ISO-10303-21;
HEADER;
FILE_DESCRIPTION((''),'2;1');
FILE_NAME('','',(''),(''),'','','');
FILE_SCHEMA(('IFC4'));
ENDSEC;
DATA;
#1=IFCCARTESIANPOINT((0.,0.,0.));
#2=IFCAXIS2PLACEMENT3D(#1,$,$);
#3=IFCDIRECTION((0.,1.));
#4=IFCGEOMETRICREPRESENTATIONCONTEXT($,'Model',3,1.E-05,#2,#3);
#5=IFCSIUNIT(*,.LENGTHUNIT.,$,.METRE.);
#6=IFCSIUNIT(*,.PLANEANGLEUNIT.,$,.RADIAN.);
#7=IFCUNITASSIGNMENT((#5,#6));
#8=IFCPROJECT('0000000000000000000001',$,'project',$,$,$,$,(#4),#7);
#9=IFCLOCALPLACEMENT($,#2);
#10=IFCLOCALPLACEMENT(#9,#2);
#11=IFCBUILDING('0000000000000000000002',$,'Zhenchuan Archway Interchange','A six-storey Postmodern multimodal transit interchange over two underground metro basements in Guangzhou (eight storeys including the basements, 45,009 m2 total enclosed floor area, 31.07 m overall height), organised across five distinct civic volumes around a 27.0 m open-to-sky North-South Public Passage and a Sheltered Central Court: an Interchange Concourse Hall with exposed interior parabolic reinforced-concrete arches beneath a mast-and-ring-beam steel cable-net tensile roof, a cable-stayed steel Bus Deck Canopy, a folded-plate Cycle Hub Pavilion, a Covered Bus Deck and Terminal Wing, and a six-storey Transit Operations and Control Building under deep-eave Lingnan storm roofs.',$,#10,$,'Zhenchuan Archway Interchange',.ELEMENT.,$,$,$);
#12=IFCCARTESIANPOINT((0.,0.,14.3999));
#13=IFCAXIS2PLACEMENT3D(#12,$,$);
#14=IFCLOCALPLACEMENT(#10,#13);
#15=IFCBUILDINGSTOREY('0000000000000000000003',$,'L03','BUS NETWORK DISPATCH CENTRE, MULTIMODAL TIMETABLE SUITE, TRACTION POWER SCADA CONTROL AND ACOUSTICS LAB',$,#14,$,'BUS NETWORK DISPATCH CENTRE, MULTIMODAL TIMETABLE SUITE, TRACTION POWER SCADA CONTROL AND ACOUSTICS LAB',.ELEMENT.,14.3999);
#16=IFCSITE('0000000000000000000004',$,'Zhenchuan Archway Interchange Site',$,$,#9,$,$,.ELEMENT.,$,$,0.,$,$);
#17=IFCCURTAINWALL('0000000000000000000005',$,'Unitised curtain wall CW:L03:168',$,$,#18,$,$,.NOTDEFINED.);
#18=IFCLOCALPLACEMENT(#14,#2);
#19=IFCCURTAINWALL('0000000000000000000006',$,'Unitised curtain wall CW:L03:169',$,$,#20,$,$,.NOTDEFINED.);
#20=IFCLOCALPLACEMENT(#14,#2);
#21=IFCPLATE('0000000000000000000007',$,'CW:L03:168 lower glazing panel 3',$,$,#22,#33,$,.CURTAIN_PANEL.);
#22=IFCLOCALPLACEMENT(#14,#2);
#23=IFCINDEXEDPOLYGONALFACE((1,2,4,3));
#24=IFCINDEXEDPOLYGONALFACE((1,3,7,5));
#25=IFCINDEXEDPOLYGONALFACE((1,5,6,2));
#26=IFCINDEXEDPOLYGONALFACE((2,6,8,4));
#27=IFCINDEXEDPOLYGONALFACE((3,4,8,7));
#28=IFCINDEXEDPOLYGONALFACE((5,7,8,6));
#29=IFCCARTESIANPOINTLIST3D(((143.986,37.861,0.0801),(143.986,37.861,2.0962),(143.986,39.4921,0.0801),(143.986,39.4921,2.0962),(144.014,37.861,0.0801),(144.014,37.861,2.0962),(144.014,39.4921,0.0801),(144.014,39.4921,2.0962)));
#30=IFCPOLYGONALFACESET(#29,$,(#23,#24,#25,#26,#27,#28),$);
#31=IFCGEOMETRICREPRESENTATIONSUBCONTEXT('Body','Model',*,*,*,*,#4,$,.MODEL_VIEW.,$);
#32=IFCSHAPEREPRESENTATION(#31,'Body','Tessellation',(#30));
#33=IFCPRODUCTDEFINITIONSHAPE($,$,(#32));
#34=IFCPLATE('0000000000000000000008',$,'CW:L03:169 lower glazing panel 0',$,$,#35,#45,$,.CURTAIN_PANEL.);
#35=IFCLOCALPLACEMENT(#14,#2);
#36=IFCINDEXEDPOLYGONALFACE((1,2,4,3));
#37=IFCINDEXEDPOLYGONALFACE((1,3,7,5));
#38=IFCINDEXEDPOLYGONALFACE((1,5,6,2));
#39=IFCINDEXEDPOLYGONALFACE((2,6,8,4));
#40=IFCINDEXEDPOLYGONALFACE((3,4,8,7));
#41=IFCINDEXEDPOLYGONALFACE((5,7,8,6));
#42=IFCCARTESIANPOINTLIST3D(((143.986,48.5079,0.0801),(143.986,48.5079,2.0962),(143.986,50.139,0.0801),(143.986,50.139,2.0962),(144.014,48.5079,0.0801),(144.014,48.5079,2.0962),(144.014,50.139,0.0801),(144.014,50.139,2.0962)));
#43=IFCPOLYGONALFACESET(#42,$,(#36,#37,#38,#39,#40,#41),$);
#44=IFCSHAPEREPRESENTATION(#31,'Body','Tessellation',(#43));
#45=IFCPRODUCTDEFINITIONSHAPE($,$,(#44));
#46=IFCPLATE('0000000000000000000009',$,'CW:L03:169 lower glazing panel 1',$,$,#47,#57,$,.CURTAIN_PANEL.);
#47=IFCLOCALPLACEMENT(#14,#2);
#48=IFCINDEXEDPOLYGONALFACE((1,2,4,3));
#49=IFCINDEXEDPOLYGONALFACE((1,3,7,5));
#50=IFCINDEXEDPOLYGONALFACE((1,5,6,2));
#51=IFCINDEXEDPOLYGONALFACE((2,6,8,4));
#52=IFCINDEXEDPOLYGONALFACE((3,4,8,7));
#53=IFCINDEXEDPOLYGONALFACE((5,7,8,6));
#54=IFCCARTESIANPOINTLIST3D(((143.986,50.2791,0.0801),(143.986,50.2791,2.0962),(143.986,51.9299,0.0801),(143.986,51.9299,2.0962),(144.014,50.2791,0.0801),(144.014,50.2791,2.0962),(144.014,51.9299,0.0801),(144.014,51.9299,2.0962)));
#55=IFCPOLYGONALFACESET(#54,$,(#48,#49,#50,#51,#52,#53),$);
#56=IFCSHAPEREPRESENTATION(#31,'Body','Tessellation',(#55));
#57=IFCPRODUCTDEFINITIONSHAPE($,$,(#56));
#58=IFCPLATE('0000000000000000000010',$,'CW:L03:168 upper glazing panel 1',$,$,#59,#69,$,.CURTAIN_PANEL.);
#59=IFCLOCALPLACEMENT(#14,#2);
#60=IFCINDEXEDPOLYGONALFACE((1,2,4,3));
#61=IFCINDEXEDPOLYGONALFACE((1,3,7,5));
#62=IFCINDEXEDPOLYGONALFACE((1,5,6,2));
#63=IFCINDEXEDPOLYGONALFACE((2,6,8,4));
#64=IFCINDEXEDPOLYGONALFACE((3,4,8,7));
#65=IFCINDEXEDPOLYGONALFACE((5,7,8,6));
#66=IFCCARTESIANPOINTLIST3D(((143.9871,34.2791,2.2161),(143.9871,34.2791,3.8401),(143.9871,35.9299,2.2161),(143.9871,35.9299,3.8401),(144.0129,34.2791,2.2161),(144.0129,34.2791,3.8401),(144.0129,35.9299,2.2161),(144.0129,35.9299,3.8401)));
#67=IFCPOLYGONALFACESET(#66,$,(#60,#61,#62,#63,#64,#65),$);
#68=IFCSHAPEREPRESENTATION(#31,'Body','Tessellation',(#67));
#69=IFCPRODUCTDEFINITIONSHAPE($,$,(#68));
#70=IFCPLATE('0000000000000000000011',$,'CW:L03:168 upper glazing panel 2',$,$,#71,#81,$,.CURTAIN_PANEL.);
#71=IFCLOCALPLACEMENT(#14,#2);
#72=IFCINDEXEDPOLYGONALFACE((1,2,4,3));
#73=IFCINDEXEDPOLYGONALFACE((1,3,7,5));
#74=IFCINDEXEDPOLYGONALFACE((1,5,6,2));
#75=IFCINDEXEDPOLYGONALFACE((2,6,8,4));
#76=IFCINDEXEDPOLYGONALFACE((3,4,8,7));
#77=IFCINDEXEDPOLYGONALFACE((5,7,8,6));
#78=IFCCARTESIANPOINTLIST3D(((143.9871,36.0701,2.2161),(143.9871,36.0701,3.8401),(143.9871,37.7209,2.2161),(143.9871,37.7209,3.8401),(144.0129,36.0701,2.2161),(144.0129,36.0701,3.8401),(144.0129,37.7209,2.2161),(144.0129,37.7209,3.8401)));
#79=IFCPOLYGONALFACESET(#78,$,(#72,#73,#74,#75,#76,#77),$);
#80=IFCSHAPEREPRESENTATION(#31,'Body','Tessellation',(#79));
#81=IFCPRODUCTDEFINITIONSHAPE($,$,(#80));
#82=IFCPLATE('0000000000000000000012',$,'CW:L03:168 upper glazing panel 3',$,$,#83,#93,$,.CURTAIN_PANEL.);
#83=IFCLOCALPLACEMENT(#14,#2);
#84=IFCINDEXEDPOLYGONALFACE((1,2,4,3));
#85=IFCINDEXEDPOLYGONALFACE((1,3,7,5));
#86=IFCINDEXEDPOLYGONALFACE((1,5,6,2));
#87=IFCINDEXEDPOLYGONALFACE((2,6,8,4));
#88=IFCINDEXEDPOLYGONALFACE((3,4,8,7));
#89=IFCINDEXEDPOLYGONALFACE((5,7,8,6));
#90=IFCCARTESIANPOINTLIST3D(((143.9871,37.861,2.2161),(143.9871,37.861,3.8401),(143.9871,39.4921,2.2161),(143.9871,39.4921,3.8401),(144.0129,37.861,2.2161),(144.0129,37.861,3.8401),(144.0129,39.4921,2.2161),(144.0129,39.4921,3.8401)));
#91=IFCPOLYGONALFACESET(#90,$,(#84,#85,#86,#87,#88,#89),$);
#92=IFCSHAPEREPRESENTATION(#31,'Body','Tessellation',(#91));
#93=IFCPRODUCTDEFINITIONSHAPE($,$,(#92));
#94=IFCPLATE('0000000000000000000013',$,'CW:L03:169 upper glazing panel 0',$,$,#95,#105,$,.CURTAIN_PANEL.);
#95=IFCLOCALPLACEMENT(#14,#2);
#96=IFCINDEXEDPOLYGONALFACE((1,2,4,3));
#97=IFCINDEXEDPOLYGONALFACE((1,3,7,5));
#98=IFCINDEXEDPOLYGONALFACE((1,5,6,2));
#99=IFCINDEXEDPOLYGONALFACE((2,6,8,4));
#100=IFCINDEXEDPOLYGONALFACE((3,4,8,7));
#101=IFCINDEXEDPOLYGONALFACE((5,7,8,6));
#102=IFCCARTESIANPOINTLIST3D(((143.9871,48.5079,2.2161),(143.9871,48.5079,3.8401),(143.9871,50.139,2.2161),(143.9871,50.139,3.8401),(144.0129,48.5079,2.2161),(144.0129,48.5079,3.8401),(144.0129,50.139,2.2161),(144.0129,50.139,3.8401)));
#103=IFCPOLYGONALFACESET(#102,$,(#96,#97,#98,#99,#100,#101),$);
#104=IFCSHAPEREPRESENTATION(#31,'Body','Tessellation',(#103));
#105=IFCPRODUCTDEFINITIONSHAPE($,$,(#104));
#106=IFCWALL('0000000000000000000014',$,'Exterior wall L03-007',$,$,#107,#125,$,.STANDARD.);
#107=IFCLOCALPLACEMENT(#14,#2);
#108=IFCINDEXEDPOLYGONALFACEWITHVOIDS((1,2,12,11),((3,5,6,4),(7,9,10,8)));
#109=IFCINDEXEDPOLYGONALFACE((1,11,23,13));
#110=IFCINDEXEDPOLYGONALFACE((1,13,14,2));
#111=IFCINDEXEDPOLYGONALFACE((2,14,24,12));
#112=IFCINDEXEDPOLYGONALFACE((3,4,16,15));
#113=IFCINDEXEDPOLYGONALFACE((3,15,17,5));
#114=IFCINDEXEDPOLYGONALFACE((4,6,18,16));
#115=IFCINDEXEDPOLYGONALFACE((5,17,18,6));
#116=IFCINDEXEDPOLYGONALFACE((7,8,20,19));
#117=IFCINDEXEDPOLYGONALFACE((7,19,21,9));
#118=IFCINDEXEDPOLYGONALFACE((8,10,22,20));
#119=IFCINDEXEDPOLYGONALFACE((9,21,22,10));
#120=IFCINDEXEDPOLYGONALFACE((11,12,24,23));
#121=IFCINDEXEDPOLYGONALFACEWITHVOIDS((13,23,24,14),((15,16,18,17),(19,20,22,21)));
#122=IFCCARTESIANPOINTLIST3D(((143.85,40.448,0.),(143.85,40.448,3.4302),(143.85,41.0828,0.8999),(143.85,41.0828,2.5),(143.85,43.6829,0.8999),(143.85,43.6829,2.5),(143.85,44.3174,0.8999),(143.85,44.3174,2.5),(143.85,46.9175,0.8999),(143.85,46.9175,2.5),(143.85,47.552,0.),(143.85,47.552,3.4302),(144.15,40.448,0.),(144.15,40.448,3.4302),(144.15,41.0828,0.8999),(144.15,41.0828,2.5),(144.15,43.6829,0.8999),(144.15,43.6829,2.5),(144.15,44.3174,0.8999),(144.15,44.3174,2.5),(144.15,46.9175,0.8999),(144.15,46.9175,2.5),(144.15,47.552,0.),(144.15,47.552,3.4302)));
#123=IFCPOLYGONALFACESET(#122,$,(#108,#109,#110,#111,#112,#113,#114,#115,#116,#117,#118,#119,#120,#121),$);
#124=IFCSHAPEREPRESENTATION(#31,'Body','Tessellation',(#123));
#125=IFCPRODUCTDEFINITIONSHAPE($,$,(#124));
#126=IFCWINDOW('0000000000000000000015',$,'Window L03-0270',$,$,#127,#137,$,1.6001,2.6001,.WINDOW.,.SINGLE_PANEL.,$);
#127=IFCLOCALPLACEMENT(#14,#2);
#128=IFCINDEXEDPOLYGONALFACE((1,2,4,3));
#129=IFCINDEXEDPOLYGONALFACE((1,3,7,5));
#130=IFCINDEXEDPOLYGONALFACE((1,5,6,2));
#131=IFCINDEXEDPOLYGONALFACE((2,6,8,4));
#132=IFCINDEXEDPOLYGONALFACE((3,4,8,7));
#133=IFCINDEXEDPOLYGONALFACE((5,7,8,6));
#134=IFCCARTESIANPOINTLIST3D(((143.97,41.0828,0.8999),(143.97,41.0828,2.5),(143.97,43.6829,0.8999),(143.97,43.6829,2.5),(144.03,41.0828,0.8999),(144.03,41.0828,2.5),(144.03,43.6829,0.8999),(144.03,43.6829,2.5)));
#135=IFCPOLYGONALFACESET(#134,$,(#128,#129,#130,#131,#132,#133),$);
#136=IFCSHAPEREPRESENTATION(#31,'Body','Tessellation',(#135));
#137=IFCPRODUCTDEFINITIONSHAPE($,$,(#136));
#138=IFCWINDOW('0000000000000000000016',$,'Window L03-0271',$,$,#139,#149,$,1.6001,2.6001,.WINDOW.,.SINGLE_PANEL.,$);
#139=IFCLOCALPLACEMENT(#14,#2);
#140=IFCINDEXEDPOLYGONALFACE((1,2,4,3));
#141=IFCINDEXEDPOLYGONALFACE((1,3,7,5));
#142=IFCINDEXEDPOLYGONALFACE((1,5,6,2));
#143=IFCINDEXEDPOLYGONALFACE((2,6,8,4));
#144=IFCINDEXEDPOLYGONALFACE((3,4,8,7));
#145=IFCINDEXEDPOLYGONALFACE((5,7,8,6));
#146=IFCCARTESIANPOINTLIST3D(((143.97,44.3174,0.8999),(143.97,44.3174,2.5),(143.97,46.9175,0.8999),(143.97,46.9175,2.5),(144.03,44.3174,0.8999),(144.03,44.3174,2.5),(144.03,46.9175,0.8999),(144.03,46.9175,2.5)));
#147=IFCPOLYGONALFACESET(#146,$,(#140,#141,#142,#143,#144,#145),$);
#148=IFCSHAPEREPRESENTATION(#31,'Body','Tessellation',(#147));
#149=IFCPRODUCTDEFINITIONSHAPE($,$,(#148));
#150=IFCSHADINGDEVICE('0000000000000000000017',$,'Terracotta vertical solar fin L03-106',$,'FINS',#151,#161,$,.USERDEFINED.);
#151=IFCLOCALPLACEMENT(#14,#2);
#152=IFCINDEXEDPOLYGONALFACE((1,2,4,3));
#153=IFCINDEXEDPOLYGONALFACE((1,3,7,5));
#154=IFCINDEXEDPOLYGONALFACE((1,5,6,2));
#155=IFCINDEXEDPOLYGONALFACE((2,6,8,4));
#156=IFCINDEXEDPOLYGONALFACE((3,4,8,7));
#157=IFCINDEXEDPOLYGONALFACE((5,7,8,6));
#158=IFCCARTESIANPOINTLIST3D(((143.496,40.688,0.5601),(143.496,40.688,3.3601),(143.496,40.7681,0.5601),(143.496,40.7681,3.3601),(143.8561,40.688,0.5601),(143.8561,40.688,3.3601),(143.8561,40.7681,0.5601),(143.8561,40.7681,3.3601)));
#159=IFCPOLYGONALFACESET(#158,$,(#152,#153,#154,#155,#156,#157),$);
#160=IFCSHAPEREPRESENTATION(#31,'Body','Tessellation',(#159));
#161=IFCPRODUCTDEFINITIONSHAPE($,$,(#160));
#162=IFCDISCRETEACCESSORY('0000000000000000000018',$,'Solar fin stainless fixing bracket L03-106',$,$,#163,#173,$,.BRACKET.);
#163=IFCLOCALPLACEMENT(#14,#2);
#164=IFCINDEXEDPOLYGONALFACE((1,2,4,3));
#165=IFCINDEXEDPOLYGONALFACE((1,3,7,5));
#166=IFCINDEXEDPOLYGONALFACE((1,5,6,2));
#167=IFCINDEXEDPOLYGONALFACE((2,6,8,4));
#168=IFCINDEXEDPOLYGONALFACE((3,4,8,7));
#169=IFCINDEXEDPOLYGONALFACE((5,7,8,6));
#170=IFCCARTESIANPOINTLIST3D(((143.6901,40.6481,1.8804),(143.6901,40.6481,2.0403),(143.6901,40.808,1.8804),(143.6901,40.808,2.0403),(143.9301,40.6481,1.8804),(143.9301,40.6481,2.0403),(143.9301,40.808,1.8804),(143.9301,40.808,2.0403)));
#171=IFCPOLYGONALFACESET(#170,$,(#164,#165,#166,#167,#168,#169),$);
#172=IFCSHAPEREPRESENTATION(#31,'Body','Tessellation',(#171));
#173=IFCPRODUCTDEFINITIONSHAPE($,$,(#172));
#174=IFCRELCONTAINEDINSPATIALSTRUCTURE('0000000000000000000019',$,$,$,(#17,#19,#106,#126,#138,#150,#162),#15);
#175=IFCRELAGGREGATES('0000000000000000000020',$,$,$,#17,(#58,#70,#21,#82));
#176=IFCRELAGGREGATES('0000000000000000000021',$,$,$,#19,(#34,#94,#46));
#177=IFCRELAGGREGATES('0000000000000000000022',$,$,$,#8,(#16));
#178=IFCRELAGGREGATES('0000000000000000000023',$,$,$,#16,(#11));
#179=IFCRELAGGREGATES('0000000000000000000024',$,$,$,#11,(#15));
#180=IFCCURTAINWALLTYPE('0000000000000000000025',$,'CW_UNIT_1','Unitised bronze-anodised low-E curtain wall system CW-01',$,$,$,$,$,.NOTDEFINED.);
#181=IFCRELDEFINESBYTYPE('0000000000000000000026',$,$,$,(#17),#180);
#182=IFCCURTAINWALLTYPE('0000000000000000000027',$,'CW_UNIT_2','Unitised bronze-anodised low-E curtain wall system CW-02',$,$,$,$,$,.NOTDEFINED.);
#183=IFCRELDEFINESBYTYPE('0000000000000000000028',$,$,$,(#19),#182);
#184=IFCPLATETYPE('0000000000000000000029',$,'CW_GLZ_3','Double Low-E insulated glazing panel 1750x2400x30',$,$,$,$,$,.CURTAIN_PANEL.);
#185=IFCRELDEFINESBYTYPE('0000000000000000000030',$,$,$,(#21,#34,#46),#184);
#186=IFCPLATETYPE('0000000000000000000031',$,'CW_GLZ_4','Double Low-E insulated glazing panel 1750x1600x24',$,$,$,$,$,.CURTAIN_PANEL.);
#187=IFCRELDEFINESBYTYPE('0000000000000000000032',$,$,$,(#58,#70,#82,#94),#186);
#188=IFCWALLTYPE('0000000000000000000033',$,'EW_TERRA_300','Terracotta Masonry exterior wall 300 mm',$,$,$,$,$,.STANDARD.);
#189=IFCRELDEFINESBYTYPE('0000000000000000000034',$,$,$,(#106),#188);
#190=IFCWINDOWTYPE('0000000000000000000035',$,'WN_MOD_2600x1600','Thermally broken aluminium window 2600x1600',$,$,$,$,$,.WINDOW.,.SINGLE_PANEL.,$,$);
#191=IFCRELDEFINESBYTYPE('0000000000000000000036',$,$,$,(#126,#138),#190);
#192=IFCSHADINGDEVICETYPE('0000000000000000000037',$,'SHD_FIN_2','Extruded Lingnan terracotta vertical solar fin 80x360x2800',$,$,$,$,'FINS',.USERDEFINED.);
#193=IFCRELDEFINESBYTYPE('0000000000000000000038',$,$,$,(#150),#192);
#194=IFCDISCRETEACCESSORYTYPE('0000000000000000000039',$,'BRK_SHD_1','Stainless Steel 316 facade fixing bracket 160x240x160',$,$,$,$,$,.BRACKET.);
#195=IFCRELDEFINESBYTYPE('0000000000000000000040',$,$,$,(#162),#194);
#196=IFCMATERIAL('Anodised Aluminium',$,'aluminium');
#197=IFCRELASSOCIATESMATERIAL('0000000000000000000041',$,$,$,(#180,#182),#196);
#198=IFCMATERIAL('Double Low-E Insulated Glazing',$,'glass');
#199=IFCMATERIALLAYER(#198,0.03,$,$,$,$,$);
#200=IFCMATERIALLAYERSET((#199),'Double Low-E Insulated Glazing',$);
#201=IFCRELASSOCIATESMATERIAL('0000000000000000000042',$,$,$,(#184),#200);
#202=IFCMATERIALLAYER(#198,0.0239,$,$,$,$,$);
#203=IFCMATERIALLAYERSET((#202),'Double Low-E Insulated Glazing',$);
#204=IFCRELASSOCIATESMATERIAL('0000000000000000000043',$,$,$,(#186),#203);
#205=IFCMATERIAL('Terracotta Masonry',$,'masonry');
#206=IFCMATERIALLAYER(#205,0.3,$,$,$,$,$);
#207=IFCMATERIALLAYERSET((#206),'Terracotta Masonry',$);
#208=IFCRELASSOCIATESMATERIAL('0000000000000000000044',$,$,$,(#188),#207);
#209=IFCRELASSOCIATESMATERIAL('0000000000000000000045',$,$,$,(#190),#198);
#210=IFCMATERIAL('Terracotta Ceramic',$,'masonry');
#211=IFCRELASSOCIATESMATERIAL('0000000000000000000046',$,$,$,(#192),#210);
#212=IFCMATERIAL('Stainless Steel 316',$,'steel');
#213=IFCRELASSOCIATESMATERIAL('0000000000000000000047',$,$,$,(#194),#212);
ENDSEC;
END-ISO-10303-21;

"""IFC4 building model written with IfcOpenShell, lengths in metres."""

from ifc_helpers import new_model, si_unit, direction, frame, frame_2d, origin, origin_2d, place, context, subcontext, project, spatial, rectangle, extrude, material, layer, layer_set, type_object, element, fill, aggregate, save


model = new_model("IFC4")

# Units and contexts
model_context = context("Model", 3, precision=1e-05, world=origin(), true_north=direction((0.0, 1.0)))
body_context = subcontext(model_context, "Body", "Model", "MODEL_VIEW")
ifc_project = project(units=[si_unit("LENGTHUNIT", "METRE"), si_unit("PLANEANGLEUNIT", "RADIAN")], contexts=[model_context])

# Site, building, storey
site_placement = place(None, origin())
site = spatial("IfcSite", under=ifc_project, at=site_placement, Name="Zhenchuan Archway Interchange Site", CompositionType="ELEMENT", RefElevation=0.0)
building_placement = place(site_placement, origin())
building = spatial("IfcBuilding", under=site, at=building_placement, Name="Zhenchuan Archway Interchange", Description="A six-storey Postmodern multimodal transit interchange over two underground metro basements in Guangzhou (eight storeys including the basements, 45,009 m2 total enclosed floor area, 31.07 m overall height), organised across five distinct civic volumes around a 27.0 m open-to-sky North-South Public Passage and a Sheltered Central Court: an Interchange Concourse Hall with exposed interior parabolic reinforced-concrete arches beneath a mast-and-ring-beam steel cable-net tensile roof, a cable-stayed steel Bus Deck Canopy, a folded-plate Cycle Hub Pavilion, a Covered Bus Deck and Terminal Wing, and a six-storey Transit Operations and Control Building under deep-eave Lingnan storm roofs.", LongName="Zhenchuan Archway Interchange", CompositionType="ELEMENT")
storey_placement = place(building_placement, frame((0.0, 0.0, 14.3999)))
storey = spatial("IfcBuildingStorey", under=building, at=storey_placement, Name="L03", Description="BUS NETWORK DISPATCH CENTRE, MULTIMODAL TIMETABLE SUITE, TRACTION POWER SCADA CONTROL AND ACOUSTICS LAB", LongName="BUS NETWORK DISPATCH CENTRE, MULTIMODAL TIMETABLE SUITE, TRACTION POWER SCADA CONTROL AND ACOUSTICS LAB", CompositionType="ELEMENT", Elevation=14.3999)

# Curtain walls
ifc_material_1 = material(Name="Anodised Aluminium", Category="aluminium")
curtain_wall_type_1 = type_object("IfcCurtainWallType", Name="CW_UNIT_1", Description="Unitised bronze-anodised low-E curtain wall system CW-01", PredefinedType="NOTDEFINED", material=ifc_material_1)
curtain_wall_1_placement = place(storey_placement, origin())
curtain_wall_1 = element("IfcCurtainWall", 1, at=curtain_wall_1_placement, inside=storey, type_object=curtain_wall_type_1, Name="Unitised curtain wall CW:L03:168", PredefinedType="NOTDEFINED")
curtain_wall_type_2 = type_object("IfcCurtainWallType", Name="CW_UNIT_2", Description="Unitised bronze-anodised low-E curtain wall system CW-02", PredefinedType="NOTDEFINED", material=ifc_material_1)
curtain_wall_2_placement = place(storey_placement, origin())
curtain_wall_2 = element("IfcCurtainWall", 2, at=curtain_wall_2_placement, inside=storey, type_object=curtain_wall_type_2, Name="Unitised curtain wall CW:L03:169", PredefinedType="NOTDEFINED")

# Plates
ifc_material_2 = material(Name="Double Low-E Insulated Glazing", Category="glass")
ifc_layer_1 = layer(ifc_material_2, 0.03)
ifc_layer_set_1 = layer_set([ifc_layer_1], Name="Double Low-E Insulated Glazing")
plate_type_1 = type_object("IfcPlateType", Name="CW_GLZ_3", Description="Double Low-E insulated glazing panel 1750x2400x30", PredefinedType="CURTAIN_PANEL", material=ifc_layer_set_1)
plate_1_placement = place(storey_placement, frame((144.0, 38.6765, 0.0801), z_axis=(0.0, 0.0, 1.0), x_axis=(0.0, 1.0, 0.0)))
plate_1 = element("IfcPlate", 3, at=plate_1_placement, type_object=plate_type_1, Name="CW:L03:168 lower glazing panel 3", PredefinedType="CURTAIN_PANEL", context=body_context, shape_type="SweptSolid", body=[
    extrude(rectangle(XDim=1.6311, YDim=0.0281, at=origin_2d()), origin(), (0.0, 0.0, 1.0), 2.0161),
])
plate_2_placement = place(storey_placement, frame((144.0, 49.3235, 0.0801), z_axis=(0.0, 0.0, 1.0), x_axis=(0.0, 1.0, 0.0)))
plate_2 = element("IfcPlate", 4, at=plate_2_placement, type_object=plate_type_1, Name="CW:L03:169 lower glazing panel 0", PredefinedType="CURTAIN_PANEL", context=body_context, shape_type="SweptSolid", body=[
    extrude(rectangle(XDim=1.6311, YDim=0.0281, at=origin_2d()), origin(), (0.0, 0.0, 1.0), 2.0161),
])
plate_3_placement = place(storey_placement, frame((144.0, 51.1045, 0.0801), z_axis=(0.0, 0.0, 1.0), x_axis=(0.0, 1.0, 0.0)))
plate_3 = element("IfcPlate", 5, at=plate_3_placement, type_object=plate_type_1, Name="CW:L03:169 lower glazing panel 1", PredefinedType="CURTAIN_PANEL", context=body_context, shape_type="SweptSolid", body=[
    extrude(rectangle(XDim=1.6509, YDim=0.0281, at=origin_2d()), origin(), (0.0, 0.0, 1.0), 2.0161),
])
ifc_layer_2 = layer(ifc_material_2, 0.0239)
ifc_layer_set_2 = layer_set([ifc_layer_2], Name="Double Low-E Insulated Glazing")
plate_type_2 = type_object("IfcPlateType", Name="CW_GLZ_4", Description="Double Low-E insulated glazing panel 1750x1600x24", PredefinedType="CURTAIN_PANEL", material=ifc_layer_set_2)
plate_4_placement = place(storey_placement, frame((144.0, 35.1045, 2.2161), z_axis=(0.0, 0.0, 1.0), x_axis=(0.0, 1.0, 0.0)))
plate_4 = element("IfcPlate", 6, at=plate_4_placement, type_object=plate_type_2, Name="CW:L03:168 upper glazing panel 1", PredefinedType="CURTAIN_PANEL", context=body_context, shape_type="SweptSolid", body=[
    extrude(rectangle(XDim=1.6509, YDim=0.0259, at=origin_2d()), origin(), (0.0, 0.0, 1.0), 1.624),
])
plate_5_placement = place(storey_placement, frame((144.0, 36.8955, 2.2161), z_axis=(0.0, 0.0, 1.0), x_axis=(0.0, 1.0, 0.0)))
plate_5 = element("IfcPlate", 7, at=plate_5_placement, type_object=plate_type_2, Name="CW:L03:168 upper glazing panel 2", PredefinedType="CURTAIN_PANEL", context=body_context, shape_type="SweptSolid", body=[
    extrude(rectangle(XDim=1.6509, YDim=0.0259, at=origin_2d()), origin(), (0.0, 0.0, 1.0), 1.624),
])
plate_6_placement = place(storey_placement, frame((144.0, 38.6765, 2.2161), z_axis=(0.0, 0.0, 1.0), x_axis=(0.0, 1.0, 0.0)))
plate_6 = element("IfcPlate", 8, at=plate_6_placement, type_object=plate_type_2, Name="CW:L03:168 upper glazing panel 3", PredefinedType="CURTAIN_PANEL", context=body_context, shape_type="SweptSolid", body=[
    extrude(rectangle(XDim=1.6311, YDim=0.0259, at=origin_2d()), origin(), (0.0, 0.0, 1.0), 1.624),
])
aggregate(curtain_wall_1, [plate_4, plate_5, plate_1, plate_6])
plate_7_placement = place(storey_placement, frame((144.0, 49.3235, 2.2161), z_axis=(0.0, 0.0, 1.0), x_axis=(0.0, 1.0, 0.0)))
plate_7 = element("IfcPlate", 9, at=plate_7_placement, type_object=plate_type_2, Name="CW:L03:169 upper glazing panel 0", PredefinedType="CURTAIN_PANEL", context=body_context, shape_type="SweptSolid", body=[
    extrude(rectangle(XDim=1.6311, YDim=0.0259, at=origin_2d()), origin(), (0.0, 0.0, 1.0), 1.624),
])
aggregate(curtain_wall_2, [plate_2, plate_7, plate_3])

# Wall, openings, windows
ifc_material_3 = material(Name="Terracotta Masonry", Category="masonry")
ifc_layer_3 = layer(ifc_material_3, 0.3)
ifc_layer_set_3 = layer_set([ifc_layer_3], Name="Terracotta Masonry")
wall_type = type_object("IfcWallType", Name="EW_TERRA_300", Description="Terracotta Masonry exterior wall 300 mm", PredefinedType="STANDARD", material=ifc_layer_set_3)
wall_placement = place(storey_placement, frame((144.0, 40.448, 0.0), z_axis=(0.0, 0.0, 1.0), x_axis=(0.0, 1.0, 0.0)))
wall = element("IfcWall", 10, at=wall_placement, inside=storey, type_object=wall_type, Name="Exterior wall L03-007", PredefinedType="STANDARD", context=body_context, shape_type="SweptSolid", body=[
    extrude(rectangle(XDim=7.104, YDim=0.3, at=frame_2d((3.552, 0.0))), origin(), (0.0, 0.0, 1.0), 3.4302),
])
opening_1_placement = place(wall_placement, frame((0.6348, 0.0, 0.8999)))
opening_1 = element("IfcOpeningElement", 11, at=opening_1_placement, cuts=wall, PredefinedType="OPENING", context=body_context, shape_type="SweptSolid", body=[
    extrude(rectangle(XDim=2.6001, YDim=1.6001, at=frame_2d((1.3, 0.8))), frame((0.0, 0.1621, 0.0), z_axis=(0.0, -1.0, 0.0), x_axis=(1.0, 0.0, 0.0)), (0.0, 0.0, 1.0), 0.324),
])
opening_2_placement = place(wall_placement, frame((3.8694, 0.0, 0.8999)))
opening_2 = element("IfcOpeningElement", 12, at=opening_2_placement, cuts=wall, PredefinedType="OPENING", context=body_context, shape_type="SweptSolid", body=[
    extrude(rectangle(XDim=2.6001, YDim=1.6001, at=frame_2d((1.3, 0.8))), frame((0.0, 0.1621, 0.0), z_axis=(0.0, -1.0, 0.0), x_axis=(1.0, 0.0, 0.0)), (0.0, 0.0, 1.0), 0.324),
])
window_type = type_object("IfcWindowType", Name="WN_MOD_2600x1600", Description="Thermally broken aluminium window 2600x1600", PartitioningType="SINGLE_PANEL", PredefinedType="WINDOW", material=ifc_material_2)
window_1_placement = place(opening_1_placement, origin())
window_1 = element("IfcWindow", 13, at=window_1_placement, inside=storey, type_object=window_type, Name="Window L03-0270", OverallHeight=1.6001, OverallWidth=2.6001, PartitioningType="SINGLE_PANEL", PredefinedType="WINDOW", context=body_context, shape_type="SweptSolid", body=[
    extrude(rectangle(XDim=2.6001, YDim=1.6001, at=frame_2d((1.3, 0.8))), frame((0.0, 0.03, 0.0), z_axis=(0.0, -1.0, 0.0), x_axis=(1.0, 0.0, 0.0)), (0.0, 0.0, 1.0), 0.0601),
])
fill(opening_1, window_1)
window_2_placement = place(opening_2_placement, origin())
window_2 = element("IfcWindow", 14, at=window_2_placement, inside=storey, type_object=window_type, Name="Window L03-0271", OverallHeight=1.6001, OverallWidth=2.6001, PartitioningType="SINGLE_PANEL", PredefinedType="WINDOW", context=body_context, shape_type="SweptSolid", body=[
    extrude(rectangle(XDim=2.6001, YDim=1.6001, at=frame_2d((1.3, 0.8))), frame((0.0, 0.03, 0.0), z_axis=(0.0, -1.0, 0.0), x_axis=(1.0, 0.0, 0.0)), (0.0, 0.0, 1.0), 0.0601),
])
fill(opening_2, window_2)

# Shading device
ifc_material_4 = material(Name="Terracotta Ceramic", Category="masonry")
shading_device_type = type_object("IfcShadingDeviceType", Name="SHD_FIN_2", Description="Extruded Lingnan terracotta vertical solar fin 80x360x2800", ElementType="FINS", PredefinedType="USERDEFINED", material=ifc_material_4)
shading_device_placement = place(storey_placement, frame((143.676, 40.728, 0.5601), z_axis=(0.0, 0.0, 1.0), x_axis=(0.0, 1.0, 0.0)))
element("IfcShadingDevice", 15, at=shading_device_placement, inside=storey, type_object=shading_device_type, Name="Terracotta vertical solar fin L03-106", ObjectType="FINS", PredefinedType="USERDEFINED", context=body_context, shape_type="SweptSolid", body=[
    extrude(rectangle(XDim=0.0801, YDim=0.3601, at=origin_2d()), origin(), (0.0, 0.0, 1.0), 2.8),
])

# Discrete accessory
ifc_material_5 = material(Name="Stainless Steel 316", Category="steel")
discrete_accessory_type = type_object("IfcDiscreteAccessoryType", Name="BRK_SHD_1", Description="Stainless Steel 316 facade fixing bracket 160x240x160", PredefinedType="BRACKET", material=ifc_material_5)
discrete_accessory_placement = place(storey_placement, frame((143.8101, 40.728, 1.8804), z_axis=(0.0, 0.0, 1.0), x_axis=(0.0, 1.0, 0.0)))
element("IfcDiscreteAccessory", 16, at=discrete_accessory_placement, inside=storey, type_object=discrete_accessory_type, Name="Solar fin stainless fixing bracket L03-106", PredefinedType="BRACKET", context=body_context, shape_type="SweptSolid", body=[
    extrude(rectangle(XDim=0.1599, YDim=0.24, at=origin_2d()), origin(), (0.0, 0.0, 1.0), 0.1599),
])

save(model, "model.ifc")
